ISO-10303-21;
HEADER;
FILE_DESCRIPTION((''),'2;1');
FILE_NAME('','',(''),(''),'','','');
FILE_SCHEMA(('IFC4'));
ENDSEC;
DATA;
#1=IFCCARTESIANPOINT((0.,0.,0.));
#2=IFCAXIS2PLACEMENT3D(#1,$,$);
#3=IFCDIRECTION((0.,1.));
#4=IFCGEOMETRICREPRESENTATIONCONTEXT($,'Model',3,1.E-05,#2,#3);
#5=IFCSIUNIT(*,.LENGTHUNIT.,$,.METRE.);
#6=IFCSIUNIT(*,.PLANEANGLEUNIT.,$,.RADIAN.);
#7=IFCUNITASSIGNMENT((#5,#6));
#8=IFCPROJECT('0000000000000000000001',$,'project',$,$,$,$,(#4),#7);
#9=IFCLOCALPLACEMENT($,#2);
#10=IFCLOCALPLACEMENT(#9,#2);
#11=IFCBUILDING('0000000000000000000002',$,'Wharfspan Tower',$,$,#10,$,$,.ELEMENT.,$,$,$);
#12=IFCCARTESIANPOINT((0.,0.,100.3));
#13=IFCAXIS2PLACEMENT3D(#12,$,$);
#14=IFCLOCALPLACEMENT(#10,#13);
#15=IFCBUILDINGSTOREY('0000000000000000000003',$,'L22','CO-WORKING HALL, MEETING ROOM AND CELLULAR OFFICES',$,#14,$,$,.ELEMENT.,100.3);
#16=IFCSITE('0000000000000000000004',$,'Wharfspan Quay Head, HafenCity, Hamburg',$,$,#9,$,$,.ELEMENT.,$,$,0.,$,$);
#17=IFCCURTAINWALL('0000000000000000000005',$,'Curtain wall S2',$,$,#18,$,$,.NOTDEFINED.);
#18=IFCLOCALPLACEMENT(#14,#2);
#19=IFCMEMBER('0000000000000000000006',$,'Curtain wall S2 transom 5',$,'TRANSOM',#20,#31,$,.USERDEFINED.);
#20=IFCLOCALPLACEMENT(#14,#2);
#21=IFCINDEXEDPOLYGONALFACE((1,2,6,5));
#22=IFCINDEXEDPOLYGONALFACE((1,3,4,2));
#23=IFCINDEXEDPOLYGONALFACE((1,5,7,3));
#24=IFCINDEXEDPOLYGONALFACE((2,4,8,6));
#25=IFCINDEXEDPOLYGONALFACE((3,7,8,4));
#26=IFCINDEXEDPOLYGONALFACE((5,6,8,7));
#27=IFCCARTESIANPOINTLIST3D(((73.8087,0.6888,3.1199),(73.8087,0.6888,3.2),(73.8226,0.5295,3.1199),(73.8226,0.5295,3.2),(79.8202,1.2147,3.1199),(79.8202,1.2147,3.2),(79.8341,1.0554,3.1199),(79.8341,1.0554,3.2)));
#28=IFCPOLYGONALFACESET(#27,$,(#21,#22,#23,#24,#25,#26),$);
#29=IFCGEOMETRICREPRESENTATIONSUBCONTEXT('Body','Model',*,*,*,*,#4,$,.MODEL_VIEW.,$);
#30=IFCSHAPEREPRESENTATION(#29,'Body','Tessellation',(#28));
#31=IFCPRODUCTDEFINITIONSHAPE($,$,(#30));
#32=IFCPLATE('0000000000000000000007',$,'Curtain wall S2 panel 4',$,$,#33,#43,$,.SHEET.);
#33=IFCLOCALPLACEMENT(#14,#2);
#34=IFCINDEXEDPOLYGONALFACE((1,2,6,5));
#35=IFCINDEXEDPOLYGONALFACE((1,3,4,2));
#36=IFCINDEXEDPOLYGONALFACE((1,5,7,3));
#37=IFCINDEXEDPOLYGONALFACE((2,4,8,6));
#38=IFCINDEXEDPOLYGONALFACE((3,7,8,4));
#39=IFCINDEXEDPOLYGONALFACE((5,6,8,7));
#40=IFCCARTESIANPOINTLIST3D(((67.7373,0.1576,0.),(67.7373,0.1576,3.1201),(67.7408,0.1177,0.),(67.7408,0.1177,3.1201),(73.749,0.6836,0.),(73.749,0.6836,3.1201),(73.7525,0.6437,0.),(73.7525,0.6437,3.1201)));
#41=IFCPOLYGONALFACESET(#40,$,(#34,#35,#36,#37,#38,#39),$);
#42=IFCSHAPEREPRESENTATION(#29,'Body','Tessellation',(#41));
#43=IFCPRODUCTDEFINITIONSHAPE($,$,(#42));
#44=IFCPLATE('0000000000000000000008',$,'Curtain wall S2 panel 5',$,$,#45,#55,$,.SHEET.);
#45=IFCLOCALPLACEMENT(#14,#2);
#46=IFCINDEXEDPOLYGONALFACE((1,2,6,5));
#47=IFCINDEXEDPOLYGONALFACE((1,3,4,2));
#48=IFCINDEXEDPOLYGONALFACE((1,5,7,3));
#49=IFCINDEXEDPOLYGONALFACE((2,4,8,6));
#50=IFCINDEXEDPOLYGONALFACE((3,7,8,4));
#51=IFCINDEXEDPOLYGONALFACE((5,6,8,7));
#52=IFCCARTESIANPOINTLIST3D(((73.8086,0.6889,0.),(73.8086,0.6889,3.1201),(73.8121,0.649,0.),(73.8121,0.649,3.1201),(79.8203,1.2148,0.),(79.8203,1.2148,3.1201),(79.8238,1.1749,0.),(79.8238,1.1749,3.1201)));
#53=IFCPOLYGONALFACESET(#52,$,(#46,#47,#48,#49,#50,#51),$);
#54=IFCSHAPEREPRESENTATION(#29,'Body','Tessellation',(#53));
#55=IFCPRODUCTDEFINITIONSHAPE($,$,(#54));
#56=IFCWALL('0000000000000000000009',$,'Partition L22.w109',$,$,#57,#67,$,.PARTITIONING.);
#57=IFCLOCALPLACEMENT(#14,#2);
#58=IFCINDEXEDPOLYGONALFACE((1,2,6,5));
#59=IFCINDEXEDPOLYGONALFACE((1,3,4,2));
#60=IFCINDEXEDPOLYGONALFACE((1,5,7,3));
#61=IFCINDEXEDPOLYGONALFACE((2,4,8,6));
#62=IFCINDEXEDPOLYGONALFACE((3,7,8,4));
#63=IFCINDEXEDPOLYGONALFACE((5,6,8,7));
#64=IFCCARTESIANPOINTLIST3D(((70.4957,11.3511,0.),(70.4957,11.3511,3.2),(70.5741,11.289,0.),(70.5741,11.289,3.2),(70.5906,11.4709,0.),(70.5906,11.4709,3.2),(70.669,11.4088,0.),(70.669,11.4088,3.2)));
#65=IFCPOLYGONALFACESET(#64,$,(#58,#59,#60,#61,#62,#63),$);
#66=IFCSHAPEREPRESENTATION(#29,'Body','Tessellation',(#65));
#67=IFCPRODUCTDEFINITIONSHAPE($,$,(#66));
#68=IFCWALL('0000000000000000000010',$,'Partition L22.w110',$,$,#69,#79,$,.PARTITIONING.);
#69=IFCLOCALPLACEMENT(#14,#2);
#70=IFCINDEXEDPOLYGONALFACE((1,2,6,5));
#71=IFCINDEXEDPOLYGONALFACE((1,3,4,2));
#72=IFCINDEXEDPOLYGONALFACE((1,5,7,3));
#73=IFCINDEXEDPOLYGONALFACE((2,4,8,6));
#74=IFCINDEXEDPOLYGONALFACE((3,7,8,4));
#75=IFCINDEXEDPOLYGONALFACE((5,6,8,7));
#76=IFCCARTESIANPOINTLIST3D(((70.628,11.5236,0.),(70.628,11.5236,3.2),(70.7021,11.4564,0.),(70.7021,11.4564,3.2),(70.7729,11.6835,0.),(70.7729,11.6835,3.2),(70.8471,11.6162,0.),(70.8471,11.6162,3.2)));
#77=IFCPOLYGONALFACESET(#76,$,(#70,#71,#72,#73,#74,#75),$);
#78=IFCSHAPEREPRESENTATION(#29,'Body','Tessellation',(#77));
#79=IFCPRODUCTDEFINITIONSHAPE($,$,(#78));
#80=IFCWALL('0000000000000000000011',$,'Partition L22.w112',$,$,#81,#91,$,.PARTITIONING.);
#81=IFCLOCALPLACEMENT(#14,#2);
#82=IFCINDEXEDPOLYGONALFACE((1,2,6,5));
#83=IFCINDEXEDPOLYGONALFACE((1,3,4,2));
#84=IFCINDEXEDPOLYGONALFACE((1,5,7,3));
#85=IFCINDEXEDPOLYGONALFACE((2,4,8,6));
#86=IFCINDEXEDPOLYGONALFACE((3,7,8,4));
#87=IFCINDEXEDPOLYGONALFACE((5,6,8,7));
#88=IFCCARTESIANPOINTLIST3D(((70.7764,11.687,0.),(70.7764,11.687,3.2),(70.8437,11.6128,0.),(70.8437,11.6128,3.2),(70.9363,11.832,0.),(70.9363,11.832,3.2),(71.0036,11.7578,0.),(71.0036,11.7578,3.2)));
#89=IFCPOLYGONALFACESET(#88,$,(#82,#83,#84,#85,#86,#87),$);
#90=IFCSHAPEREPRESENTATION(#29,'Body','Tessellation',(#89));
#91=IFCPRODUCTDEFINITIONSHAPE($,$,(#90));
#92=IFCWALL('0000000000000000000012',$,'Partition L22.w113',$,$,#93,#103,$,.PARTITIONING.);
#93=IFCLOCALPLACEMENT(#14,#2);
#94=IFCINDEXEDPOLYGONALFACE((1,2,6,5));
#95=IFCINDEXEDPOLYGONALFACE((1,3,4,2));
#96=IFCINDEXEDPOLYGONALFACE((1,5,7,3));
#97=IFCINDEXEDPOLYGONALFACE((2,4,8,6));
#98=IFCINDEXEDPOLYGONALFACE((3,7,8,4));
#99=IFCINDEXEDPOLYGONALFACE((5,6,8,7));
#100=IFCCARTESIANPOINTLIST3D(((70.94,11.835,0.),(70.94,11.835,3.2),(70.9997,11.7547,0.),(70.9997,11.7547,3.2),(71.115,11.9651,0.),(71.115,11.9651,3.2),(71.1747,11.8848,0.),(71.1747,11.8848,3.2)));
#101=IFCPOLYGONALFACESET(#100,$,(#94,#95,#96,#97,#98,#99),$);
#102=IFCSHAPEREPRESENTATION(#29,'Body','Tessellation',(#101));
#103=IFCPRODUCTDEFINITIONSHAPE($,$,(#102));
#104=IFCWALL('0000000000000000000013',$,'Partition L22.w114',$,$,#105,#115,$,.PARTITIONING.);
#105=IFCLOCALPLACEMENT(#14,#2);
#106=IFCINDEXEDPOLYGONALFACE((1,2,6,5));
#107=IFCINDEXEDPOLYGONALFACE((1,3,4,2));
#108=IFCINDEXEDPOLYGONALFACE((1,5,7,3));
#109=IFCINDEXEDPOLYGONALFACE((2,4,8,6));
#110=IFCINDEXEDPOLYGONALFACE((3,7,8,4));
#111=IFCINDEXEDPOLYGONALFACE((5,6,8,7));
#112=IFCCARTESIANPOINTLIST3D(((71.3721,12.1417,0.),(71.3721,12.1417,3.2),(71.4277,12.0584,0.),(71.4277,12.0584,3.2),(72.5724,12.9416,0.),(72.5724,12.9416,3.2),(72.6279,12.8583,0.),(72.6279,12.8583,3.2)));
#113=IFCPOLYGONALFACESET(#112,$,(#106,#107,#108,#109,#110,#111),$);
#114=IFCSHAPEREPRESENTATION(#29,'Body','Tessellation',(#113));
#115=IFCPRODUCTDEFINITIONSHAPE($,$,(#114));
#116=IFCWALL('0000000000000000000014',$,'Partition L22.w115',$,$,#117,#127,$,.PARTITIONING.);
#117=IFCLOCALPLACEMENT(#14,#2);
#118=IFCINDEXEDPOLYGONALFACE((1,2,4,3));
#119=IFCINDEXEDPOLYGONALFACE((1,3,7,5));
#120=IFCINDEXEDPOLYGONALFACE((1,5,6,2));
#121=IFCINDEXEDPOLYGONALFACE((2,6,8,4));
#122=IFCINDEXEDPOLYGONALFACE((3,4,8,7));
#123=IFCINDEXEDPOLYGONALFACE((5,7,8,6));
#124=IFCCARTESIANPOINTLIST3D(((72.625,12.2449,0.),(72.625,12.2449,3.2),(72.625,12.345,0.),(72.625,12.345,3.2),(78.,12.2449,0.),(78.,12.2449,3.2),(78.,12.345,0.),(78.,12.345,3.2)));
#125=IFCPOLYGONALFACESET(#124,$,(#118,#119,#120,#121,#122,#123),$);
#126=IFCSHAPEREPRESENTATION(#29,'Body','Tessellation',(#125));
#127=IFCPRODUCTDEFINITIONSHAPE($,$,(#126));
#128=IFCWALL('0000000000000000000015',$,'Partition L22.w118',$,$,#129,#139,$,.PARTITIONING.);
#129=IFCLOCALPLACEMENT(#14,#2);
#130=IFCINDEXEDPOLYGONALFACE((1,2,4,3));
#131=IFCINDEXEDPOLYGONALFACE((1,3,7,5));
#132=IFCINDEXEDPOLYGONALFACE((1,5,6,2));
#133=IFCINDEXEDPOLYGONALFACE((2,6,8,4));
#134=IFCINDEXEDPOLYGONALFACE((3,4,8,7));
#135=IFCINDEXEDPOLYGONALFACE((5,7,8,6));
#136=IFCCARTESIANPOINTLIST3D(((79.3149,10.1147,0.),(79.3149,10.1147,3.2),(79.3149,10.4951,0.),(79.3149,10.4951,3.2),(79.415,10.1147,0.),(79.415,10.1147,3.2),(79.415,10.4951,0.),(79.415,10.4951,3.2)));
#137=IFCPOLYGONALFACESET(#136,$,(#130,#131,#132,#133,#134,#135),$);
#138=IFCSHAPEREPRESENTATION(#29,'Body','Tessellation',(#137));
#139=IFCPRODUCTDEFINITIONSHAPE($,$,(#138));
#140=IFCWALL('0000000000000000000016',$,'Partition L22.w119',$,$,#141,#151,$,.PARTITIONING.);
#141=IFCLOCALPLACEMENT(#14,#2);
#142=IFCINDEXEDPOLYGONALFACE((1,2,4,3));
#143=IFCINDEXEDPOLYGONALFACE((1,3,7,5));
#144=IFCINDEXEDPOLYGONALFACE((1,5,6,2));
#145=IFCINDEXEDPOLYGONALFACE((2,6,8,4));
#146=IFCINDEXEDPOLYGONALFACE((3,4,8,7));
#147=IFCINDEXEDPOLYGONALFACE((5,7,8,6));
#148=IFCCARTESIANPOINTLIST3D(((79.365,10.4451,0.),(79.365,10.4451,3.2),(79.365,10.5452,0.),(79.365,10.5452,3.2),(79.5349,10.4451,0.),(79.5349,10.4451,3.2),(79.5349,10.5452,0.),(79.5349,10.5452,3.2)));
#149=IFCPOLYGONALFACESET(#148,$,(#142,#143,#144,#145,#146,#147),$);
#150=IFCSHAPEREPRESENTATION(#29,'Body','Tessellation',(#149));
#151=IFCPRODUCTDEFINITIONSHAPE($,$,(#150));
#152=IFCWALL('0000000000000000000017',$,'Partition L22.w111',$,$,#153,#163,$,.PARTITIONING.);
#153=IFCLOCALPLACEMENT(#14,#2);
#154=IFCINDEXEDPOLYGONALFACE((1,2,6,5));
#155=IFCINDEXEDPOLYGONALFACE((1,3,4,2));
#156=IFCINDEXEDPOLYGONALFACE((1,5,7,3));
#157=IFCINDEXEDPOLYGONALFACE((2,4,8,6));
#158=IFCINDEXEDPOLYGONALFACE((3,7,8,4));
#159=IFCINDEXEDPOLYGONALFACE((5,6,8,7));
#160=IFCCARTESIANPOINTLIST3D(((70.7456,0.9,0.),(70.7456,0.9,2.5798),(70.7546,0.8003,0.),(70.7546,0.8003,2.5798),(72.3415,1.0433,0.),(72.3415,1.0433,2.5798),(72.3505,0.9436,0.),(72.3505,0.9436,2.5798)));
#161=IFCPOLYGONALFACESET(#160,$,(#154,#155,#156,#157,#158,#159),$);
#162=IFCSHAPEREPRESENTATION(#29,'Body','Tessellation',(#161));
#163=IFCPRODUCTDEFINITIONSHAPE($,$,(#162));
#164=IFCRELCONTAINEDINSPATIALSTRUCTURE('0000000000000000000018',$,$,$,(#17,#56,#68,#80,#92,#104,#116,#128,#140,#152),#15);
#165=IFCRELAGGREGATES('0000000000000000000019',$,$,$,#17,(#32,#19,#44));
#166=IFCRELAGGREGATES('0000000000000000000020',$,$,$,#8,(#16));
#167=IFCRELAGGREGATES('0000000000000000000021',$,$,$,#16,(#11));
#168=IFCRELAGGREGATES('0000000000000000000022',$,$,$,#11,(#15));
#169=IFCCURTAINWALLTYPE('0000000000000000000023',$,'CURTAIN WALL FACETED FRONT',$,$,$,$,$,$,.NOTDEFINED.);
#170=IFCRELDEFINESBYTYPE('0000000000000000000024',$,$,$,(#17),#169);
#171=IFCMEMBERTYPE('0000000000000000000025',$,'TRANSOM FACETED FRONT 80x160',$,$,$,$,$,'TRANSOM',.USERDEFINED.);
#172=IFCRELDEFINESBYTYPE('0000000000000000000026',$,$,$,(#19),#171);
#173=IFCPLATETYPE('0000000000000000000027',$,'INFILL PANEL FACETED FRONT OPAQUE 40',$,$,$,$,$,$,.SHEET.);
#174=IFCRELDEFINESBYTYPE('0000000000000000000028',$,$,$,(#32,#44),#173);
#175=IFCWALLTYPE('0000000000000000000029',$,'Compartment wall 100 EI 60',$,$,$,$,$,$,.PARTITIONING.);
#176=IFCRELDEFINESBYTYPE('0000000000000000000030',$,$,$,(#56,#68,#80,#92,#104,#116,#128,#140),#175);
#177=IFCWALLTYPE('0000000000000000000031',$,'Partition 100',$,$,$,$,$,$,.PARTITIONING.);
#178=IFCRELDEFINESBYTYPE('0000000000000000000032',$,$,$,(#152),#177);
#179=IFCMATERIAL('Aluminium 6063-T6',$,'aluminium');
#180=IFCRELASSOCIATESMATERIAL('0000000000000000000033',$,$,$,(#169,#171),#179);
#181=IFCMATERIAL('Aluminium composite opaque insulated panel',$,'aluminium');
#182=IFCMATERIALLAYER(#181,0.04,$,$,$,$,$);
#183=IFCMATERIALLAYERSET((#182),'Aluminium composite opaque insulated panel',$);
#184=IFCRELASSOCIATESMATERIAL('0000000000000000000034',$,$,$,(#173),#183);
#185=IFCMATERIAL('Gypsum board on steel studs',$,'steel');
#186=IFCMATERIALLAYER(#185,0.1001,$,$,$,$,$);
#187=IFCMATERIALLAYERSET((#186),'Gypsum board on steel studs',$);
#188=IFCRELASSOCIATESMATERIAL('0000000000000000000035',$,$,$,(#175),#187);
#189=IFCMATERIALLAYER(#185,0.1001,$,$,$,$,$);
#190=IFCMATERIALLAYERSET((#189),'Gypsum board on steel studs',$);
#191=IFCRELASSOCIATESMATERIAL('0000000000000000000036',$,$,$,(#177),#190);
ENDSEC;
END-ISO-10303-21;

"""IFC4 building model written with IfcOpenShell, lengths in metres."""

from ifc_helpers import new_model, si_unit, direction, frame, frame_2d, origin, origin_2d, place, context, subcontext, project, spatial, rectangle, extrude, material, layer, layer_set, material_profile, profile_set, type_object, element, aggregate, save


model = new_model("IFC4")

# Units and contexts
model_context = context("Model", 3, precision=1e-05, world=origin(), true_north=direction((0.0, 1.0)))
body_context = subcontext(model_context, "Body", "Model", "MODEL_VIEW")
ifc_project = project(units=[si_unit("LENGTHUNIT", "METRE"), si_unit("PLANEANGLEUNIT", "RADIAN")], contexts=[model_context])

# Site, building, storey
site_placement = place(None, origin())
site = spatial("IfcSite", under=ifc_project, at=site_placement, Name="Wharfspan Quay Head, HafenCity, Hamburg", CompositionType="ELEMENT", RefElevation=0.0)
building_placement = place(site_placement, origin())
building = spatial("IfcBuilding", under=site, at=building_placement, Name="Wharfspan Tower", CompositionType="ELEMENT")
storey_placement = place(building_placement, frame((0.0, 0.0, 100.3)))
storey = spatial("IfcBuildingStorey", under=building, at=storey_placement, Name="L22", Description="CO-WORKING HALL, MEETING ROOM AND CELLULAR OFFICES", CompositionType="ELEMENT", Elevation=100.3)

# Curtain wall
ifc_material_1 = material(Name="Aluminium 6063-T6", Category="aluminium")
curtain_wall_type = type_object("IfcCurtainWallType", Name="CURTAIN WALL FACETED FRONT", PredefinedType="NOTDEFINED", material=ifc_material_1)
curtain_wall_placement = place(storey_placement, origin())
curtain_wall = element("IfcCurtainWall", 1, at=curtain_wall_placement, inside=storey, type_object=curtain_wall_type, Name="Curtain wall S2", PredefinedType="NOTDEFINED")

# Member
ifc_material_profile_1 = material_profile(ifc_material_1, rectangle(XDim=0.1599, YDim=0.0801, at=origin_2d()))
ifc_profile_set_1 = profile_set([ifc_material_profile_1], Name="Aluminium 6063-T6")
member_type_1 = type_object("IfcMemberType", Name="TRANSOM FACETED FRONT 80x160", ElementType="TRANSOM", PredefinedType="USERDEFINED", material=ifc_profile_set_1)
member_1_placement = place(storey_placement, frame((73.8157, 0.6091, 3.1599), z_axis=(0.996196, 0.087146, 0.0), x_axis=(-0.087146, 0.996196, 0.0)))
member_1 = element("IfcMember", 2, at=member_1_placement, type_object=member_type_1, Name="Curtain wall S2 transom 5", ObjectType="TRANSOM", PredefinedType="USERDEFINED", context=body_context, shape_type="SweptSolid", body=[
    extrude(rectangle(XDim=0.1599, YDim=0.0801, at=origin_2d()), origin(), (0.0, 0.0, 1.0), 6.0344),
])

# Plates
ifc_material_2 = material(Name="Aluminium composite opaque insulated panel", Category="aluminium")
ifc_layer_1 = layer(ifc_material_2, 0.04)
ifc_layer_set_1 = layer_set([ifc_layer_1], Name="Aluminium composite opaque insulated panel")
plate_type = type_object("IfcPlateType", Name="INFILL PANEL FACETED FRONT OPAQUE 40", PredefinedType="SHEET", material=ifc_layer_set_1)
plate_1_placement = place(storey_placement, frame((70.7449, 0.4006, 0.0), z_axis=(0.0, 0.0, 1.0), x_axis=(0.996198, 0.087156, 0.0)))
plate_1 = element("IfcPlate", 3, at=plate_1_placement, type_object=plate_type, Name="Curtain wall S2 panel 4", PredefinedType="SHEET", context=body_context, shape_type="SweptSolid", body=[
    extrude(rectangle(XDim=6.0347, YDim=0.04, at=origin_2d()), origin(), (0.0, 0.0, 1.0), 3.1201),
])
plate_2_placement = place(storey_placement, frame((76.8162, 0.9319, 0.0), z_axis=(0.0, 0.0, 1.0), x_axis=(0.996198, 0.087156, 0.0)))
plate_2 = element("IfcPlate", 4, at=plate_2_placement, type_object=plate_type, Name="Curtain wall S2 panel 5", PredefinedType="SHEET", context=body_context, shape_type="SweptSolid", body=[
    extrude(rectangle(XDim=6.0347, YDim=0.04, at=origin_2d()), origin(), (0.0, 0.0, 1.0), 3.1201),
])
aggregate(curtain_wall, [plate_1, member_1, plate_2])

# Walls
ifc_material_3 = material(Name="Gypsum board on steel studs", Category="steel")
ifc_layer_2 = layer(ifc_material_3, 0.1001)
ifc_layer_set_2 = layer_set([ifc_layer_2], Name="Gypsum board on steel studs")
wall_type_1 = type_object("IfcWallType", Name="Compartment wall 100 EI 60", PredefinedType="PARTITIONING", material=ifc_layer_set_2)
wall_1_placement = place(storey_placement, frame((70.5349, 11.3201, 0.0), z_axis=(0.0, 0.0, 1.0), x_axis=(0.620989, 0.783819, 0.0)))
element("IfcWall", 5, at=wall_1_placement, inside=storey, type_object=wall_type_1, Name="Partition L22.w109", PredefinedType="PARTITIONING", context=body_context, shape_type="SweptSolid", body=[
    extrude(rectangle(XDim=0.1528, YDim=0.1001, at=frame_2d((0.0764, 0.0))), origin(), (0.0, 0.0, 1.0), 3.2),
])
for number, where, z_axis, x_axis, name in (
    (6, (70.665, 11.49, 0.0), (0.0, 0.0, 1.0), (0.671775, 0.740762, 0.0), "Partition L22.w110"),
    (7, (70.8101, 11.6499, 0.0), (0.0, 0.0, 1.0), (0.740762, 0.671775, 0.0), "Partition L22.w112"),
):
    element("IfcWall", number, at=place(storey_placement, frame(where, z_axis=z_axis, x_axis=x_axis)), inside=storey, type_object=wall_type_1, Name=name, PredefinedType="PARTITIONING", context=body_context, shape_type="SweptSolid", body=[
        extrude(rectangle(XDim=0.2158, YDim=0.1001, at=frame_2d((0.1079, 0.0))), origin(), (0.0, 0.0, 1.0), 3.2),
    ])
wall_2_placement = place(storey_placement, frame((70.97, 11.7949, 0.0), z_axis=(0.0, 0.0, 1.0), x_axis=(0.802549, 0.596595, 0.0)))
element("IfcWall", 8, at=wall_2_placement, inside=storey, type_object=wall_type_1, Name="Partition L22.w113", PredefinedType="PARTITIONING", context=body_context, shape_type="SweptSolid", body=[
    extrude(rectangle(XDim=0.218, YDim=0.1001, at=frame_2d((0.1089, 0.0))), origin(), (0.0, 0.0, 1.0), 3.2),
])
wall_3_placement = place(storey_placement, frame((71.3999, 12.1001, 0.0), z_axis=(0.0, 0.0, 1.0), x_axis=(0.83215, 0.554541, 0.0)))
element("IfcWall", 9, at=wall_3_placement, inside=storey, type_object=wall_type_1, Name="Partition L22.w114", PredefinedType="PARTITIONING", context=body_context, shape_type="SweptSolid", body=[
    extrude(rectangle(XDim=1.4424, YDim=0.1001, at=frame_2d((0.7212, 0.0))), origin(), (0.0, 0.0, 1.0), 3.2),
])
wall_4_placement = place(storey_placement, frame((72.625, 12.2949, 0.0), z_axis=(0.0, 0.0, 1.0), x_axis=(1.0, 0.0, 0.0)))
element("IfcWall", 10, at=wall_4_placement, inside=storey, type_object=wall_type_1, Name="Partition L22.w115", PredefinedType="PARTITIONING", context=body_context, shape_type="SweptSolid", body=[
    extrude(rectangle(XDim=5.375, YDim=0.1001, at=frame_2d((2.6875, 0.0))), origin(), (0.0, 0.0, 1.0), 3.2),
])
wall_5_placement = place(storey_placement, frame((79.365, 10.1147, 0.0), z_axis=(0.0, 0.0, 1.0), x_axis=(0.0, 1.0, 0.0)))
element("IfcWall", 11, at=wall_5_placement, inside=storey, type_object=wall_type_1, Name="Partition L22.w118", PredefinedType="PARTITIONING", context=body_context, shape_type="SweptSolid", body=[
    extrude(rectangle(XDim=0.3804, YDim=0.1001, at=frame_2d((0.1902, 0.0))), origin(), (0.0, 0.0, 1.0), 3.2),
])
wall_6_placement = place(storey_placement, frame((79.365, 10.4951, 0.0), z_axis=(0.0, 0.0, 1.0), x_axis=(1.0, 0.0, 0.0)))
element("IfcWall", 12, at=wall_6_placement, inside=storey, type_object=wall_type_1, Name="Partition L22.w119", PredefinedType="PARTITIONING", context=body_context, shape_type="SweptSolid", body=[
    extrude(rectangle(XDim=0.1699, YDim=0.1001, at=frame_2d((0.085, 0.0))), origin(), (0.0, 0.0, 1.0), 3.2),
])
ifc_layer_3 = layer(ifc_material_3, 0.1001)
ifc_layer_set_3 = layer_set([ifc_layer_3], Name="Gypsum board on steel studs")
wall_type_2 = type_object("IfcWallType", Name="Partition 100", PredefinedType="PARTITIONING", material=ifc_layer_set_3)
wall_7_placement = place(storey_placement, frame((70.75, 0.8501, 0.0), z_axis=(0.0, 0.0, 1.0), x_axis=(0.995996, 0.089437, 0.0)))
element("IfcWall", 13, at=wall_7_placement, inside=storey, type_object=wall_type_2, Name="Partition L22.w111", PredefinedType="PARTITIONING", context=body_context, shape_type="SweptSolid", body=[
    extrude(rectangle(XDim=1.6023, YDim=0.1001, at=frame_2d((0.8013, 0.0))), origin(), (0.0, 0.0, 1.0), 2.5798),
])

save(model, "model.ifc")
